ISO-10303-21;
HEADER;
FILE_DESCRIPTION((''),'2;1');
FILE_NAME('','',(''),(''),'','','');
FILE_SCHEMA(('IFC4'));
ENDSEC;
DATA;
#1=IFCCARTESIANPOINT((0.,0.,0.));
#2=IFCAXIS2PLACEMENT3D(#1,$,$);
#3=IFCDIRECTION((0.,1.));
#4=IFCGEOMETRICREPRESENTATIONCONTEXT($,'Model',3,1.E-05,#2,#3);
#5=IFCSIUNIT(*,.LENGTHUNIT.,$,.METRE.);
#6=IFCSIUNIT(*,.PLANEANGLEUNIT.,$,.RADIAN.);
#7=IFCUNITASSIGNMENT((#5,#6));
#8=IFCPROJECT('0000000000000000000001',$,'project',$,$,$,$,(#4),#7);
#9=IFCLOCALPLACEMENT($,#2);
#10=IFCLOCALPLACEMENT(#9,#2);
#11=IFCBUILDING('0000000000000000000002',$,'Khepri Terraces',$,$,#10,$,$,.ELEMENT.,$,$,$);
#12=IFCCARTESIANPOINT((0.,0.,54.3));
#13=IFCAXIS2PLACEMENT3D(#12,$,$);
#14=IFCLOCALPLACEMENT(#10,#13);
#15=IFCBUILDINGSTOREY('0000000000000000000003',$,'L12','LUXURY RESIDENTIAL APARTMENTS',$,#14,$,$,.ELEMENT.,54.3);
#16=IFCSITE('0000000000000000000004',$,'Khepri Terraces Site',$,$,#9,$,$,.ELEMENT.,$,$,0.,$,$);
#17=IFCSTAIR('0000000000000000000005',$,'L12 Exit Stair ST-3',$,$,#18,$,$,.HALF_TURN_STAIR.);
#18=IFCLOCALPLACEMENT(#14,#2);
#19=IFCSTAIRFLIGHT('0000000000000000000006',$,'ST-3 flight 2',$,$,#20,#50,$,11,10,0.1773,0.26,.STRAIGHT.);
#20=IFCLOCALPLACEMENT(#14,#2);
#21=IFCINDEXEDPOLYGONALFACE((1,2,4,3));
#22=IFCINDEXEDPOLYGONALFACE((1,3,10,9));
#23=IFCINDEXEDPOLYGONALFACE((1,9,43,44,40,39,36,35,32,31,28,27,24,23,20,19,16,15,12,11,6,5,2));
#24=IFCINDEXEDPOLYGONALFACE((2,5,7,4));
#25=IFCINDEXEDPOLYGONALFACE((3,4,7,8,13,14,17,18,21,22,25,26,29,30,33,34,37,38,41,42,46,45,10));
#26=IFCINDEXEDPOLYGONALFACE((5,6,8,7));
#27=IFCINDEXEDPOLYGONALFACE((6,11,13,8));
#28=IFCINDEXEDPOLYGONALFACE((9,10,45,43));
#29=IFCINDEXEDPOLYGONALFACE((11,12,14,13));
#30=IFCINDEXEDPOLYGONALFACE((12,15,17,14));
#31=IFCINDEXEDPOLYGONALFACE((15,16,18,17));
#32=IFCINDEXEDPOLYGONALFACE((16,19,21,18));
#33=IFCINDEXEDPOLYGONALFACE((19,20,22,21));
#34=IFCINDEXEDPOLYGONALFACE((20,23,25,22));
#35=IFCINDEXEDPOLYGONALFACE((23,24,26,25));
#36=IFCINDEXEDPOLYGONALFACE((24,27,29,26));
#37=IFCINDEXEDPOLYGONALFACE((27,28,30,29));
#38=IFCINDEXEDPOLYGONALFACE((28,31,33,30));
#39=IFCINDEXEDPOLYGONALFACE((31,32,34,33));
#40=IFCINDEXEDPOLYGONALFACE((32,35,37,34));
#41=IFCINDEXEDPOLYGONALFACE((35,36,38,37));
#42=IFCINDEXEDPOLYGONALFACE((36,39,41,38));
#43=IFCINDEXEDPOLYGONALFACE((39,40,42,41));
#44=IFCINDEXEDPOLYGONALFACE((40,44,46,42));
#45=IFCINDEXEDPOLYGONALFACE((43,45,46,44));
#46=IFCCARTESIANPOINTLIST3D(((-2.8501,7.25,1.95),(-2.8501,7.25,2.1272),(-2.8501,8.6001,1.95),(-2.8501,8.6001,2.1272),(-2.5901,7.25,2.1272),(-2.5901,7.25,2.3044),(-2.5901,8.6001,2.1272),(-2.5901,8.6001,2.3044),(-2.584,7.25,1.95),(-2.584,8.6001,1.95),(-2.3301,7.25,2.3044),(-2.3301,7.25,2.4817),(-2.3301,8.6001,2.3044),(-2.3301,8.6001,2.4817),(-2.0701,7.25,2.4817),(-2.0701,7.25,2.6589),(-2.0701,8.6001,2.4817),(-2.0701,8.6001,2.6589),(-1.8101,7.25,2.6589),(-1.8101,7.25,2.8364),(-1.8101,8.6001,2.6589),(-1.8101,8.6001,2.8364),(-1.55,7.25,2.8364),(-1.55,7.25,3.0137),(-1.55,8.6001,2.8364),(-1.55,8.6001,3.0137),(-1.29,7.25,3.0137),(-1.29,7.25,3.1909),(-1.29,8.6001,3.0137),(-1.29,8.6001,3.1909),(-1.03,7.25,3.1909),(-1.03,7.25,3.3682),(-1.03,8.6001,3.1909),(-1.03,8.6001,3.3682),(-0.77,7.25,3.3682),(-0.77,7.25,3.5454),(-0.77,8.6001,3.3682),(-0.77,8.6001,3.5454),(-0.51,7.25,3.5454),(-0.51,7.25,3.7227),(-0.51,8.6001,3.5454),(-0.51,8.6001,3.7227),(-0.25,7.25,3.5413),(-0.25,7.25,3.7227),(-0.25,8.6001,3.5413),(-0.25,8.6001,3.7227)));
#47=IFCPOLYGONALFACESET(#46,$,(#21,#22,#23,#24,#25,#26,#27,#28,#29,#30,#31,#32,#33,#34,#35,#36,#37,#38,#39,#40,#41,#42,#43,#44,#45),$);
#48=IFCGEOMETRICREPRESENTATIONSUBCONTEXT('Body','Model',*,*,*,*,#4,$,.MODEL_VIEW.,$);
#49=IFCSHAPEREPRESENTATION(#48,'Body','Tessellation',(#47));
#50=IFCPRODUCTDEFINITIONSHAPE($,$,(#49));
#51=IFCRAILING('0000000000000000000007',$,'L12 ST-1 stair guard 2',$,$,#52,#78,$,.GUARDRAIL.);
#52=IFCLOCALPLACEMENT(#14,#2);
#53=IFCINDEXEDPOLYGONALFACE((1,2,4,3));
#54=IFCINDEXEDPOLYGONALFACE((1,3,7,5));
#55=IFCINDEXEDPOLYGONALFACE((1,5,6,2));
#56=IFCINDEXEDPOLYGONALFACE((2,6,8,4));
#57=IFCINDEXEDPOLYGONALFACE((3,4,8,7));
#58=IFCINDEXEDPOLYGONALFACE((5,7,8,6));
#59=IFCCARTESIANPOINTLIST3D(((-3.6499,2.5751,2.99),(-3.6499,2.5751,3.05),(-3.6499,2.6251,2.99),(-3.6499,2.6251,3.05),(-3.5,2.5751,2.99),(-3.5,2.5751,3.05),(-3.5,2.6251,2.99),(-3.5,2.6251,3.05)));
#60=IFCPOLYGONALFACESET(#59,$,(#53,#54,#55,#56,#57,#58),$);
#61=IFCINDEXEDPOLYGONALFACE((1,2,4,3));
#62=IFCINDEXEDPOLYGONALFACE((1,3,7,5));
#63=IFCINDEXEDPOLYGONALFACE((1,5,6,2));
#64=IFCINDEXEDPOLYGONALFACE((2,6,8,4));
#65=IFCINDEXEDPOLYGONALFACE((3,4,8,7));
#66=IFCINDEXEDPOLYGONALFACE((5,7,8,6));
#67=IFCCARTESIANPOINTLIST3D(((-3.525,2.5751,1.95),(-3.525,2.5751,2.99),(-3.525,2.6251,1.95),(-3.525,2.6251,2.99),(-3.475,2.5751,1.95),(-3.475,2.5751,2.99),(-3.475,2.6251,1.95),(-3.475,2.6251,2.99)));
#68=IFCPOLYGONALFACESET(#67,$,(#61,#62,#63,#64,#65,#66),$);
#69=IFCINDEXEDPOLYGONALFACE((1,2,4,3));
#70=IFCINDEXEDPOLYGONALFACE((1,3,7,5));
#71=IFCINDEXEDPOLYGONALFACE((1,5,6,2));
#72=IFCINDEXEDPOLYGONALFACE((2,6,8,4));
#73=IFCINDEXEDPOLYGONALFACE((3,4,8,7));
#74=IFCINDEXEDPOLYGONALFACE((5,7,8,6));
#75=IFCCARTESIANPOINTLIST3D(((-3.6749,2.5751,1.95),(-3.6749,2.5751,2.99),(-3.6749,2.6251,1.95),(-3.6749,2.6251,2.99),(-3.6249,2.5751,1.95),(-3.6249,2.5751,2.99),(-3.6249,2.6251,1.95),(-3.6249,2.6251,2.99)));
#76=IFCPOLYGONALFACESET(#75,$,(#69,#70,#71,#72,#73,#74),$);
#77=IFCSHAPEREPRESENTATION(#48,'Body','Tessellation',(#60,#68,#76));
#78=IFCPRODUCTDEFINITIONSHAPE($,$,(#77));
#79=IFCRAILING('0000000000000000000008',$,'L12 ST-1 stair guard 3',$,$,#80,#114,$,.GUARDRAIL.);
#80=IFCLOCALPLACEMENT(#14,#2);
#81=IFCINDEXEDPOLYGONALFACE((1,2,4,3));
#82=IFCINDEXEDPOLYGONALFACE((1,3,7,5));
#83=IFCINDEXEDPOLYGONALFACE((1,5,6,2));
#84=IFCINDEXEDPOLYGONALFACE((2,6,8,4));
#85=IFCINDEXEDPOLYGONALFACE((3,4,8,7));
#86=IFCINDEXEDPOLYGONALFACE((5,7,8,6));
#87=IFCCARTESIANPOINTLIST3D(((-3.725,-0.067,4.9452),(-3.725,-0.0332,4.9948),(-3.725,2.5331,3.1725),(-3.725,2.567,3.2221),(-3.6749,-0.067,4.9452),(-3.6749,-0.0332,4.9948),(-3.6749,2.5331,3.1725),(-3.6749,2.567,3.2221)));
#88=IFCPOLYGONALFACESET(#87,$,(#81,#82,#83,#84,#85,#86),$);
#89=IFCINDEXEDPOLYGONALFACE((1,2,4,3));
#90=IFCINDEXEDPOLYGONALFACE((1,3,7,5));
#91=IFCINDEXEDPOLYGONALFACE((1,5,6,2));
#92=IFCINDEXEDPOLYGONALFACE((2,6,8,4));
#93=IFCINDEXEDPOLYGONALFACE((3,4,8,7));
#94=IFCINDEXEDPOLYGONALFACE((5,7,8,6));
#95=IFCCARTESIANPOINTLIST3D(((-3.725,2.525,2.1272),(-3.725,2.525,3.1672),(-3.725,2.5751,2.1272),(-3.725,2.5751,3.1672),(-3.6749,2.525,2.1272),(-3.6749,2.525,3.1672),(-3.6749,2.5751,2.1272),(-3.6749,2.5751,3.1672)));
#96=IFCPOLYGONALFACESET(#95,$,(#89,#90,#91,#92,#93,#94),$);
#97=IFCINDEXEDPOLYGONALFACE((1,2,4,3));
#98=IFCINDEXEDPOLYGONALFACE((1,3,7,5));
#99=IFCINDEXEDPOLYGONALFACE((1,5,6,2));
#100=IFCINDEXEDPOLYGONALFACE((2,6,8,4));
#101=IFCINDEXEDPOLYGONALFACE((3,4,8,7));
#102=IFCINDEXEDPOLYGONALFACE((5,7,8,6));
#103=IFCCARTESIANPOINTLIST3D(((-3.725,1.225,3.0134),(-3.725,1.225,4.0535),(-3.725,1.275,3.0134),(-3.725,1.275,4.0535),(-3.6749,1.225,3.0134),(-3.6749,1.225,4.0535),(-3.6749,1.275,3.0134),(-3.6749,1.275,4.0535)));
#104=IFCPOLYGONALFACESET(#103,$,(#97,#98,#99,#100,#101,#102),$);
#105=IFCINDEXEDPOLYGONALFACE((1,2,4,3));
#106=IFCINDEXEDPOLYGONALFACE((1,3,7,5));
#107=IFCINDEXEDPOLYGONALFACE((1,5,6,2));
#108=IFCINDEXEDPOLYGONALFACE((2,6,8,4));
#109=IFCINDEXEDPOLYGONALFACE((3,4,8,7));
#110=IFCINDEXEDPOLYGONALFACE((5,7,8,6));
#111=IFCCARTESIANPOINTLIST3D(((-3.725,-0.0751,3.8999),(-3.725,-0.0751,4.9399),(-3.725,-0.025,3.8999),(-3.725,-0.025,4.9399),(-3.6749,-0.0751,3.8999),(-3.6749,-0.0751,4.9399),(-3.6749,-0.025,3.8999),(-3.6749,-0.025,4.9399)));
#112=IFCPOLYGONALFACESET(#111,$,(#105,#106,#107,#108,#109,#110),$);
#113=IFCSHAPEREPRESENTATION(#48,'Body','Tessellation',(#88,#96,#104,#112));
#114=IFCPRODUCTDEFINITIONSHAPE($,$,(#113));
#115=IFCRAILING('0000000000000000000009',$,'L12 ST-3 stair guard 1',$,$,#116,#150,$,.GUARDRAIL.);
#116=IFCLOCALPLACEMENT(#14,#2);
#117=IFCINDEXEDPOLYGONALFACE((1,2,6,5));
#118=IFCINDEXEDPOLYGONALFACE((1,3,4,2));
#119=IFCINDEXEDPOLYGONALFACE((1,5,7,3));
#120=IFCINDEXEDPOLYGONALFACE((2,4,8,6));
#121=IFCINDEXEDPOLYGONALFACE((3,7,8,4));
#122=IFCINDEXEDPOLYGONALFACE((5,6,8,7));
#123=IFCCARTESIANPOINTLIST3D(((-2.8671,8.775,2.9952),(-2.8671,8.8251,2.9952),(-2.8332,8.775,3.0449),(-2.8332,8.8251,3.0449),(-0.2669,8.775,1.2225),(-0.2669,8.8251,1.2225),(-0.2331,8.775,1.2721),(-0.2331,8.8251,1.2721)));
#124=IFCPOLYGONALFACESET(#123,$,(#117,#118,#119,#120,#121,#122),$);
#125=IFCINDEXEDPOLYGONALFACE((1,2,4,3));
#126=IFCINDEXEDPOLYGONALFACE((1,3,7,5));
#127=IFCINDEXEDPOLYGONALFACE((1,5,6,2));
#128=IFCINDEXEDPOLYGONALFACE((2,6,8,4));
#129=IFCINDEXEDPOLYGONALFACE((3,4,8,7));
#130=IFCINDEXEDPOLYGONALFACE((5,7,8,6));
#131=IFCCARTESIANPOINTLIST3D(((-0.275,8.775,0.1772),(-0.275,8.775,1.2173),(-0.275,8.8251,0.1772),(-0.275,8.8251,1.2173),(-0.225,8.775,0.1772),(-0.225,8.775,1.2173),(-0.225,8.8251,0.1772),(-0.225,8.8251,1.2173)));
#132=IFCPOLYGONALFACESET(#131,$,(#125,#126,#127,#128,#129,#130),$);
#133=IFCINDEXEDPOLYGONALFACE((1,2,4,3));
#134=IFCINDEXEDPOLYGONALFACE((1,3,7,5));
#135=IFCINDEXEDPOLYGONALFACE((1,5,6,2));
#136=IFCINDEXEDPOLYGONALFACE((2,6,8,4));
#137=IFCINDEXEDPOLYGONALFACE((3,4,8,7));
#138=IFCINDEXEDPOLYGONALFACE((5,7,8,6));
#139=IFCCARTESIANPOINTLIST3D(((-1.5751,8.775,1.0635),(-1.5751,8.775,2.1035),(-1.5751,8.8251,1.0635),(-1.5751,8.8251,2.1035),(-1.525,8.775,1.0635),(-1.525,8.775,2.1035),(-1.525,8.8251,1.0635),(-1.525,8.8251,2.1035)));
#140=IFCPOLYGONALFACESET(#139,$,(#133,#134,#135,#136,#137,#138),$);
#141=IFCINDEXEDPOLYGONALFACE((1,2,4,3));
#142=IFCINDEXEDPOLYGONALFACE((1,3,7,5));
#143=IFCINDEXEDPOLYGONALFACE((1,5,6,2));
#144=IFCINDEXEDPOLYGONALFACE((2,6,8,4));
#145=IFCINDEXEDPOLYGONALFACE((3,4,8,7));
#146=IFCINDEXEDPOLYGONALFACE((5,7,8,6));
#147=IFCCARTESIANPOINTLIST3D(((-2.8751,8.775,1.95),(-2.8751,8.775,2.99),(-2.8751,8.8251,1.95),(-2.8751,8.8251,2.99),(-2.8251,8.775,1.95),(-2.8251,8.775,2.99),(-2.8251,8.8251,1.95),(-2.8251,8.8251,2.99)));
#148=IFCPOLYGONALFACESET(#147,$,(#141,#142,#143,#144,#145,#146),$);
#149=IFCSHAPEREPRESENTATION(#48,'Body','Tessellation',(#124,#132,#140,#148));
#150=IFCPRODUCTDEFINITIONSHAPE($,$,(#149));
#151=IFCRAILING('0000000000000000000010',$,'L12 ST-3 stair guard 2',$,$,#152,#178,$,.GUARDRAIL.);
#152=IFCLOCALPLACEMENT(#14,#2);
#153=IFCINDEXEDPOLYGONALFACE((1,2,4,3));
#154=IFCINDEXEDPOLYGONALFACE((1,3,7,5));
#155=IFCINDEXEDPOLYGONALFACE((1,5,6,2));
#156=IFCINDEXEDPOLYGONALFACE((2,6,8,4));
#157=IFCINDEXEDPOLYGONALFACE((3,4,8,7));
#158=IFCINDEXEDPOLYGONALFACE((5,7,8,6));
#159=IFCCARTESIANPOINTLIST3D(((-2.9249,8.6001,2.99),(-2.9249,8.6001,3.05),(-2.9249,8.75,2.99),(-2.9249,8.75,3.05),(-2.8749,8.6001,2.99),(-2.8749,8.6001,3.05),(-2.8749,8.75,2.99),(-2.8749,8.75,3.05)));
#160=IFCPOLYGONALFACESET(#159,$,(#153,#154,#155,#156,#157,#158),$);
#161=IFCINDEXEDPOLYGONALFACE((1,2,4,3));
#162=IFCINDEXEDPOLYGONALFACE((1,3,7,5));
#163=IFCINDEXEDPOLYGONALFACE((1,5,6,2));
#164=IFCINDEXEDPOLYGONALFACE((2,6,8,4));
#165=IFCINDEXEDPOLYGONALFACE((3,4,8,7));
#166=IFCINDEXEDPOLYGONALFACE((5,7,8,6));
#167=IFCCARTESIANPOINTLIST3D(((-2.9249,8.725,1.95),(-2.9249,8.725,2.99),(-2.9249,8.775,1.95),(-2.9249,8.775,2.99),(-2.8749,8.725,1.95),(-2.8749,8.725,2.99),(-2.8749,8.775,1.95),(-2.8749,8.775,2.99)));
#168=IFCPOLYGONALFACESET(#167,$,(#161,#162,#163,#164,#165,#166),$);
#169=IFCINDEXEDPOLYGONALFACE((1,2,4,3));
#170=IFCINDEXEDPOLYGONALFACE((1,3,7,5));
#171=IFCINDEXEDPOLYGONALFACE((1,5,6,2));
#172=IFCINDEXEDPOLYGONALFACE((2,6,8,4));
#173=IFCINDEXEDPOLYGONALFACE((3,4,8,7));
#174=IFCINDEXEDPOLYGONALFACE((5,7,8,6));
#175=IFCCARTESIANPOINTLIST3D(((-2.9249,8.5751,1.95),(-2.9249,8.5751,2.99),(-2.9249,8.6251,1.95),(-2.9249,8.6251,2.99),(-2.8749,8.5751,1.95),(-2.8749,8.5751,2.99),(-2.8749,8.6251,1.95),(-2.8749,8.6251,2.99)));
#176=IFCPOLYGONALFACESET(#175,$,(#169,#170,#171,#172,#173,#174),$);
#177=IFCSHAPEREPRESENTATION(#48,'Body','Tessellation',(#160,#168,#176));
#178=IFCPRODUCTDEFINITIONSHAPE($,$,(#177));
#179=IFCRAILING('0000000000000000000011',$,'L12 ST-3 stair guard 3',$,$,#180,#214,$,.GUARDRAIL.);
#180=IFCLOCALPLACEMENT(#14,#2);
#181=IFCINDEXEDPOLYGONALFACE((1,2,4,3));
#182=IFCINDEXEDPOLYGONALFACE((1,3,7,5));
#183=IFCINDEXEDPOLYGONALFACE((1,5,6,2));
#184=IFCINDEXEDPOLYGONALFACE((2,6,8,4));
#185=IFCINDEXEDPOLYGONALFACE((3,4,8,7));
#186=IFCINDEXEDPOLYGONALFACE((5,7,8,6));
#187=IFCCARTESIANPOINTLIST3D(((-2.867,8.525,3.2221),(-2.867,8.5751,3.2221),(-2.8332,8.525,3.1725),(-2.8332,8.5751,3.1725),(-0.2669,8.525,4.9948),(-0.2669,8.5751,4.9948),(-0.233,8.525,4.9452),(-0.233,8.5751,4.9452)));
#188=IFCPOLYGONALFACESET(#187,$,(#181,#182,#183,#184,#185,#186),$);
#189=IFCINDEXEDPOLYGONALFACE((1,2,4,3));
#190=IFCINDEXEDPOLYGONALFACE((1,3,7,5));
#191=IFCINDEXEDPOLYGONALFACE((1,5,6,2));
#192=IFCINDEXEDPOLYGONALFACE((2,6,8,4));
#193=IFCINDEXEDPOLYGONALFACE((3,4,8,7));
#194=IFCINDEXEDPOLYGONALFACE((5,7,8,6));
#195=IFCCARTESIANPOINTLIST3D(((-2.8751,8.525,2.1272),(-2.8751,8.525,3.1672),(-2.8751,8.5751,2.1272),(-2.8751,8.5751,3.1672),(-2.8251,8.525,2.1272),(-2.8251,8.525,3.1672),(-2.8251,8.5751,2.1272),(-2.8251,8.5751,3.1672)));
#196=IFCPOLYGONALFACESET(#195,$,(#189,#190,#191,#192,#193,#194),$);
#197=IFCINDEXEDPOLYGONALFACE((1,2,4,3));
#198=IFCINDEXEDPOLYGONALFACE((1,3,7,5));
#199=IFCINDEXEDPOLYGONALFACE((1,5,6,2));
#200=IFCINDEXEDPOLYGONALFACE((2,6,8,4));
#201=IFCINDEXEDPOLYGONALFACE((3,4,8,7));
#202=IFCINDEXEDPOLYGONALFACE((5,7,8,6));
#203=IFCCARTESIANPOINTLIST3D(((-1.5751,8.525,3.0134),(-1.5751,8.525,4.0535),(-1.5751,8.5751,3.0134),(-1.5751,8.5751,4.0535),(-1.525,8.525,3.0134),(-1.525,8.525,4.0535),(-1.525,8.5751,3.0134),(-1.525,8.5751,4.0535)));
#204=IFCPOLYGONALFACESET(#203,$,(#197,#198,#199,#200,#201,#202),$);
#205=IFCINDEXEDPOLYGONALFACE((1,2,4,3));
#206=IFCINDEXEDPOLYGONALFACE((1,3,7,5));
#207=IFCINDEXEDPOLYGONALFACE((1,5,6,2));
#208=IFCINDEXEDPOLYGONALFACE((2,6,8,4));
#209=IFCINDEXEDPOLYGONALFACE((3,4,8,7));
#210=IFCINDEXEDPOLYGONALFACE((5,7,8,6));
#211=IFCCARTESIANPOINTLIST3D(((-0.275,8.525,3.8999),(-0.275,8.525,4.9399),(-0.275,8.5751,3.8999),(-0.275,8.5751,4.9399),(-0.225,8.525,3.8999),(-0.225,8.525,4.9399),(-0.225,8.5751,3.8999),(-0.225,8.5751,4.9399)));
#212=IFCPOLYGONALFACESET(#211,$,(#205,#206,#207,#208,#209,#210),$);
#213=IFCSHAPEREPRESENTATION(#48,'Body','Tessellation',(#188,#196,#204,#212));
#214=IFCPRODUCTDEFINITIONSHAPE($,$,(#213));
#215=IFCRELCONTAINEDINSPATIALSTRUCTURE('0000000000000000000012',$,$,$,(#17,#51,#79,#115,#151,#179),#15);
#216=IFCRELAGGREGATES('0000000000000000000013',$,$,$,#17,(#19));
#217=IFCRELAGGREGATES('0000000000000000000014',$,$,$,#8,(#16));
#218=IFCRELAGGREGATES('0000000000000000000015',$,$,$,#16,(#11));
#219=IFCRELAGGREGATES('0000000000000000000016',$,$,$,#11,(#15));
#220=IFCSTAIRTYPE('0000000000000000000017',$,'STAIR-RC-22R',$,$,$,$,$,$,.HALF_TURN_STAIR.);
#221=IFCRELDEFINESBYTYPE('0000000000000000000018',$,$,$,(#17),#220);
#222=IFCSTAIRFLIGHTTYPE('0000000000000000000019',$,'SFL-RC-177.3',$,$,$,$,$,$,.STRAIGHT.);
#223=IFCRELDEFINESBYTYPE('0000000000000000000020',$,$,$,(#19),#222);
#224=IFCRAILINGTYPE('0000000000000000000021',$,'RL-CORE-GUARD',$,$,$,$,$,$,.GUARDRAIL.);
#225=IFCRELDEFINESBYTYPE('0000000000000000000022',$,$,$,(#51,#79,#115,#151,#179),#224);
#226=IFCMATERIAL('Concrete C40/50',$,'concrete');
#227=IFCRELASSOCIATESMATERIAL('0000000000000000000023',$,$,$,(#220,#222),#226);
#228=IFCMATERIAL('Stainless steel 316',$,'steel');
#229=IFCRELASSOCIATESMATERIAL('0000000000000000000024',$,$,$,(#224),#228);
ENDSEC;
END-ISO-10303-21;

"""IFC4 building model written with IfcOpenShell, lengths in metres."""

from ifc_helpers import new_model, si_unit, direction, frame, origin, origin_2d, place, context, subcontext, project, spatial, polyline, rectangle, outline, extrude, material, type_object, element, aggregate, save


model = new_model("IFC4")

# Units and contexts
model_context = context("Model", 3, precision=1e-05, world=origin(), true_north=direction((0.0, 1.0)))
body_context = subcontext(model_context, "Body", "Model", "MODEL_VIEW")
ifc_project = project(units=[si_unit("LENGTHUNIT", "METRE"), si_unit("PLANEANGLEUNIT", "RADIAN")], contexts=[model_context])

# Site, building, storey
site_placement = place(None, origin())
site = spatial("IfcSite", under=ifc_project, at=site_placement, Name="Khepri Terraces Site", CompositionType="ELEMENT", RefElevation=0.0)
building_placement = place(site_placement, origin())
building = spatial("IfcBuilding", under=site, at=building_placement, Name="Khepri Terraces", CompositionType="ELEMENT")
storey_placement = place(building_placement, frame((0.0, 0.0, 54.3)))
storey = spatial("IfcBuildingStorey", under=building, at=storey_placement, Name="L12", Description="LUXURY RESIDENTIAL APARTMENTS", CompositionType="ELEMENT", Elevation=54.3)

# Stair, stair flight
ifc_material_1 = material(Name="Concrete C40/50", Category="concrete")
stair_type = type_object("IfcStairType", Name="STAIR-RC-22R", PredefinedType="HALF_TURN_STAIR", material=ifc_material_1)
stair_flight_type = type_object("IfcStairFlightType", Name="SFL-RC-177.3", PredefinedType="STRAIGHT", material=ifc_material_1)
stair_1_placement = place(storey_placement, origin())
stair_1 = element("IfcStair", 1, at=stair_1_placement, inside=storey, type_object=stair_type, Name="L12 Exit Stair ST-3", PredefinedType="HALF_TURN_STAIR")
stair_flight_1_placement = place(storey_placement, frame((-2.8501, 7.925, 1.95), z_axis=(0.0, 0.0, 1.0), x_axis=(1.0, 0.0, 0.0)))
stair_flight_1 = element("IfcStairFlight", 2, at=stair_flight_1_placement, type_object=stair_flight_type, Name="ST-3 flight 2", NumberOfRisers=11, NumberOfTreads=10, PredefinedType="STRAIGHT", RiserHeight=0.1773, TreadLength=0.26, context=body_context, shape_type="SweptSolid", body=[
    extrude(outline(polyline([(0.0, 0.0), (0.0, 0.1772), (0.26, 0.1772), (0.26, 0.3545), (0.52, 0.3545), (0.52, 0.5317), (0.78, 0.5317), (0.78, 0.709), (1.04, 0.709), (1.04, 0.8865), (1.3, 0.8865), (1.3, 1.0637), (1.5601, 1.0637), (1.5601, 1.241), (1.8201, 1.241), (1.8201, 1.4182), (2.0801, 1.4182), (2.0801, 1.5955), (2.3401, 1.5955), (2.3401, 1.7727), (2.6001, 1.7727), (2.6001, 1.95), (2.6001, 1.5913), (0.2661, 0.0), (0.0, 0.0)])), frame((0.0, 0.675, 0.0), z_axis=(0.0, -1.0, 0.0), x_axis=(1.0, 0.0, 0.0)), (0.0, 0.0, 1.0), 1.3501),
])
aggregate(stair_1, [stair_flight_1])

# Railings
ifc_material_2 = material(Name="Stainless steel 316", Category="steel")
railing_type_1 = type_object("IfcRailingType", Name="RL-CORE-GUARD", PredefinedType="GUARDRAIL", material=ifc_material_2)
railing_1_placement = place(storey_placement, frame((-3.5, 2.6001, 1.95)))
element("IfcRailing", 3, at=railing_1_placement, inside=storey, type_object=railing_type_1, Name="L12 ST-1 stair guard 2", PredefinedType="GUARDRAIL", context=body_context, shape_type="SweptSolid", body=[
    extrude(rectangle(XDim=0.05, YDim=0.0601, at=origin_2d()), frame((0.0, 0.0, 1.0701), z_axis=(-1.0, 0.0, 0.0), x_axis=(0.0, -1.0, 0.0)), (0.0, 0.0, 1.0), 0.1499),
    extrude(rectangle(XDim=0.05, YDim=0.05, at=origin_2d()), origin(), (0.0, 0.0, 1.0), 1.04),
    extrude(rectangle(XDim=0.05, YDim=0.05, at=origin_2d()), frame((-0.1499, 0.0, 0.0)), (0.0, 0.0, 1.0), 1.04),
])
railing_2_placement = place(storey_placement, frame((-3.7, 2.55, 2.1272)))
element("IfcRailing", 4, at=railing_2_placement, inside=storey, type_object=railing_type_1, Name="L12 ST-1 stair guard 3", PredefinedType="GUARDRAIL", context=body_context, shape_type="SweptSolid", body=[
    extrude(rectangle(XDim=0.05, YDim=0.0601, at=origin_2d()), frame((0.0, 0.0, 1.0701), z_axis=(0.0, -0.82624, 0.563318), x_axis=(1.0, 0.0, 0.0)), (0.0, 0.0, 1.0), 3.147),
    extrude(rectangle(XDim=0.05, YDim=0.05, at=origin_2d()), origin(), (0.0, 0.0, 1.0), 1.04),
    extrude(rectangle(XDim=0.05, YDim=0.05, at=origin_2d()), frame((0.0, -1.3, 0.8862)), (0.0, 0.0, 1.0), 1.04),
    extrude(rectangle(XDim=0.05, YDim=0.05, at=origin_2d()), frame((0.0, -2.6001, 1.7727)), (0.0, 0.0, 1.0), 1.04),
])
railing_3_placement = place(storey_placement, frame((-0.25, 8.8, 0.1772)))
element("IfcRailing", 5, at=railing_3_placement, inside=storey, type_object=railing_type_1, Name="L12 ST-3 stair guard 1", PredefinedType="GUARDRAIL", context=body_context, shape_type="SweptSolid", body=[
    extrude(rectangle(XDim=0.05, YDim=0.0601, at=origin_2d()), frame((0.0, 0.0, 1.0701), z_axis=(-0.82624, 0.0, 0.563318), x_axis=(0.0, -1.0, 0.0)), (0.0, 0.0, 1.0), 3.147),
    extrude(rectangle(XDim=0.05, YDim=0.05, at=origin_2d()), origin(), (0.0, 0.0, 1.0), 1.04),
    extrude(rectangle(XDim=0.05, YDim=0.05, at=origin_2d()), frame((-1.3, 0.0, 0.8862)), (0.0, 0.0, 1.0), 1.04),
    extrude(rectangle(XDim=0.05, YDim=0.05, at=origin_2d()), frame((-2.6001, 0.0, 1.7727)), (0.0, 0.0, 1.0), 1.04),
])
railing_4_placement = place(storey_placement, frame((-2.8999, 8.75, 1.95)))
element("IfcRailing", 6, at=railing_4_placement, inside=storey, type_object=railing_type_1, Name="L12 ST-3 stair guard 2", PredefinedType="GUARDRAIL", context=body_context, shape_type="SweptSolid", body=[
    extrude(rectangle(XDim=0.05, YDim=0.0601, at=origin_2d()), frame((0.0, 0.0, 1.0701), z_axis=(0.0, -1.0, 0.0), x_axis=(1.0, 0.0, 0.0)), (0.0, 0.0, 1.0), 0.1499),
    extrude(rectangle(XDim=0.05, YDim=0.05, at=origin_2d()), origin(), (0.0, 0.0, 1.0), 1.04),
    extrude(rectangle(XDim=0.05, YDim=0.05, at=origin_2d()), frame((0.0, -0.1499, 0.0)), (0.0, 0.0, 1.0), 1.04),
])
railing_5_placement = place(storey_placement, frame((-2.8501, 8.55, 2.1272)))
element("IfcRailing", 7, at=railing_5_placement, inside=storey, type_object=railing_type_1, Name="L12 ST-3 stair guard 3", PredefinedType="GUARDRAIL", context=body_context, shape_type="SweptSolid", body=[
    extrude(rectangle(XDim=0.05, YDim=0.0601, at=origin_2d()), frame((0.0, 0.0, 1.0701), z_axis=(0.82624, 0.0, 0.563318), x_axis=(0.0, 1.0, 0.0)), (0.0, 0.0, 1.0), 3.147),
    extrude(rectangle(XDim=0.05, YDim=0.05, at=origin_2d()), origin(), (0.0, 0.0, 1.0), 1.04),
    extrude(rectangle(XDim=0.05, YDim=0.05, at=origin_2d()), frame((1.3, 0.0, 0.8862)), (0.0, 0.0, 1.0), 1.04),
    extrude(rectangle(XDim=0.05, YDim=0.05, at=origin_2d()), frame((2.6001, 0.0, 1.7727)), (0.0, 0.0, 1.0), 1.04),
])

save(model, "model.ifc")
